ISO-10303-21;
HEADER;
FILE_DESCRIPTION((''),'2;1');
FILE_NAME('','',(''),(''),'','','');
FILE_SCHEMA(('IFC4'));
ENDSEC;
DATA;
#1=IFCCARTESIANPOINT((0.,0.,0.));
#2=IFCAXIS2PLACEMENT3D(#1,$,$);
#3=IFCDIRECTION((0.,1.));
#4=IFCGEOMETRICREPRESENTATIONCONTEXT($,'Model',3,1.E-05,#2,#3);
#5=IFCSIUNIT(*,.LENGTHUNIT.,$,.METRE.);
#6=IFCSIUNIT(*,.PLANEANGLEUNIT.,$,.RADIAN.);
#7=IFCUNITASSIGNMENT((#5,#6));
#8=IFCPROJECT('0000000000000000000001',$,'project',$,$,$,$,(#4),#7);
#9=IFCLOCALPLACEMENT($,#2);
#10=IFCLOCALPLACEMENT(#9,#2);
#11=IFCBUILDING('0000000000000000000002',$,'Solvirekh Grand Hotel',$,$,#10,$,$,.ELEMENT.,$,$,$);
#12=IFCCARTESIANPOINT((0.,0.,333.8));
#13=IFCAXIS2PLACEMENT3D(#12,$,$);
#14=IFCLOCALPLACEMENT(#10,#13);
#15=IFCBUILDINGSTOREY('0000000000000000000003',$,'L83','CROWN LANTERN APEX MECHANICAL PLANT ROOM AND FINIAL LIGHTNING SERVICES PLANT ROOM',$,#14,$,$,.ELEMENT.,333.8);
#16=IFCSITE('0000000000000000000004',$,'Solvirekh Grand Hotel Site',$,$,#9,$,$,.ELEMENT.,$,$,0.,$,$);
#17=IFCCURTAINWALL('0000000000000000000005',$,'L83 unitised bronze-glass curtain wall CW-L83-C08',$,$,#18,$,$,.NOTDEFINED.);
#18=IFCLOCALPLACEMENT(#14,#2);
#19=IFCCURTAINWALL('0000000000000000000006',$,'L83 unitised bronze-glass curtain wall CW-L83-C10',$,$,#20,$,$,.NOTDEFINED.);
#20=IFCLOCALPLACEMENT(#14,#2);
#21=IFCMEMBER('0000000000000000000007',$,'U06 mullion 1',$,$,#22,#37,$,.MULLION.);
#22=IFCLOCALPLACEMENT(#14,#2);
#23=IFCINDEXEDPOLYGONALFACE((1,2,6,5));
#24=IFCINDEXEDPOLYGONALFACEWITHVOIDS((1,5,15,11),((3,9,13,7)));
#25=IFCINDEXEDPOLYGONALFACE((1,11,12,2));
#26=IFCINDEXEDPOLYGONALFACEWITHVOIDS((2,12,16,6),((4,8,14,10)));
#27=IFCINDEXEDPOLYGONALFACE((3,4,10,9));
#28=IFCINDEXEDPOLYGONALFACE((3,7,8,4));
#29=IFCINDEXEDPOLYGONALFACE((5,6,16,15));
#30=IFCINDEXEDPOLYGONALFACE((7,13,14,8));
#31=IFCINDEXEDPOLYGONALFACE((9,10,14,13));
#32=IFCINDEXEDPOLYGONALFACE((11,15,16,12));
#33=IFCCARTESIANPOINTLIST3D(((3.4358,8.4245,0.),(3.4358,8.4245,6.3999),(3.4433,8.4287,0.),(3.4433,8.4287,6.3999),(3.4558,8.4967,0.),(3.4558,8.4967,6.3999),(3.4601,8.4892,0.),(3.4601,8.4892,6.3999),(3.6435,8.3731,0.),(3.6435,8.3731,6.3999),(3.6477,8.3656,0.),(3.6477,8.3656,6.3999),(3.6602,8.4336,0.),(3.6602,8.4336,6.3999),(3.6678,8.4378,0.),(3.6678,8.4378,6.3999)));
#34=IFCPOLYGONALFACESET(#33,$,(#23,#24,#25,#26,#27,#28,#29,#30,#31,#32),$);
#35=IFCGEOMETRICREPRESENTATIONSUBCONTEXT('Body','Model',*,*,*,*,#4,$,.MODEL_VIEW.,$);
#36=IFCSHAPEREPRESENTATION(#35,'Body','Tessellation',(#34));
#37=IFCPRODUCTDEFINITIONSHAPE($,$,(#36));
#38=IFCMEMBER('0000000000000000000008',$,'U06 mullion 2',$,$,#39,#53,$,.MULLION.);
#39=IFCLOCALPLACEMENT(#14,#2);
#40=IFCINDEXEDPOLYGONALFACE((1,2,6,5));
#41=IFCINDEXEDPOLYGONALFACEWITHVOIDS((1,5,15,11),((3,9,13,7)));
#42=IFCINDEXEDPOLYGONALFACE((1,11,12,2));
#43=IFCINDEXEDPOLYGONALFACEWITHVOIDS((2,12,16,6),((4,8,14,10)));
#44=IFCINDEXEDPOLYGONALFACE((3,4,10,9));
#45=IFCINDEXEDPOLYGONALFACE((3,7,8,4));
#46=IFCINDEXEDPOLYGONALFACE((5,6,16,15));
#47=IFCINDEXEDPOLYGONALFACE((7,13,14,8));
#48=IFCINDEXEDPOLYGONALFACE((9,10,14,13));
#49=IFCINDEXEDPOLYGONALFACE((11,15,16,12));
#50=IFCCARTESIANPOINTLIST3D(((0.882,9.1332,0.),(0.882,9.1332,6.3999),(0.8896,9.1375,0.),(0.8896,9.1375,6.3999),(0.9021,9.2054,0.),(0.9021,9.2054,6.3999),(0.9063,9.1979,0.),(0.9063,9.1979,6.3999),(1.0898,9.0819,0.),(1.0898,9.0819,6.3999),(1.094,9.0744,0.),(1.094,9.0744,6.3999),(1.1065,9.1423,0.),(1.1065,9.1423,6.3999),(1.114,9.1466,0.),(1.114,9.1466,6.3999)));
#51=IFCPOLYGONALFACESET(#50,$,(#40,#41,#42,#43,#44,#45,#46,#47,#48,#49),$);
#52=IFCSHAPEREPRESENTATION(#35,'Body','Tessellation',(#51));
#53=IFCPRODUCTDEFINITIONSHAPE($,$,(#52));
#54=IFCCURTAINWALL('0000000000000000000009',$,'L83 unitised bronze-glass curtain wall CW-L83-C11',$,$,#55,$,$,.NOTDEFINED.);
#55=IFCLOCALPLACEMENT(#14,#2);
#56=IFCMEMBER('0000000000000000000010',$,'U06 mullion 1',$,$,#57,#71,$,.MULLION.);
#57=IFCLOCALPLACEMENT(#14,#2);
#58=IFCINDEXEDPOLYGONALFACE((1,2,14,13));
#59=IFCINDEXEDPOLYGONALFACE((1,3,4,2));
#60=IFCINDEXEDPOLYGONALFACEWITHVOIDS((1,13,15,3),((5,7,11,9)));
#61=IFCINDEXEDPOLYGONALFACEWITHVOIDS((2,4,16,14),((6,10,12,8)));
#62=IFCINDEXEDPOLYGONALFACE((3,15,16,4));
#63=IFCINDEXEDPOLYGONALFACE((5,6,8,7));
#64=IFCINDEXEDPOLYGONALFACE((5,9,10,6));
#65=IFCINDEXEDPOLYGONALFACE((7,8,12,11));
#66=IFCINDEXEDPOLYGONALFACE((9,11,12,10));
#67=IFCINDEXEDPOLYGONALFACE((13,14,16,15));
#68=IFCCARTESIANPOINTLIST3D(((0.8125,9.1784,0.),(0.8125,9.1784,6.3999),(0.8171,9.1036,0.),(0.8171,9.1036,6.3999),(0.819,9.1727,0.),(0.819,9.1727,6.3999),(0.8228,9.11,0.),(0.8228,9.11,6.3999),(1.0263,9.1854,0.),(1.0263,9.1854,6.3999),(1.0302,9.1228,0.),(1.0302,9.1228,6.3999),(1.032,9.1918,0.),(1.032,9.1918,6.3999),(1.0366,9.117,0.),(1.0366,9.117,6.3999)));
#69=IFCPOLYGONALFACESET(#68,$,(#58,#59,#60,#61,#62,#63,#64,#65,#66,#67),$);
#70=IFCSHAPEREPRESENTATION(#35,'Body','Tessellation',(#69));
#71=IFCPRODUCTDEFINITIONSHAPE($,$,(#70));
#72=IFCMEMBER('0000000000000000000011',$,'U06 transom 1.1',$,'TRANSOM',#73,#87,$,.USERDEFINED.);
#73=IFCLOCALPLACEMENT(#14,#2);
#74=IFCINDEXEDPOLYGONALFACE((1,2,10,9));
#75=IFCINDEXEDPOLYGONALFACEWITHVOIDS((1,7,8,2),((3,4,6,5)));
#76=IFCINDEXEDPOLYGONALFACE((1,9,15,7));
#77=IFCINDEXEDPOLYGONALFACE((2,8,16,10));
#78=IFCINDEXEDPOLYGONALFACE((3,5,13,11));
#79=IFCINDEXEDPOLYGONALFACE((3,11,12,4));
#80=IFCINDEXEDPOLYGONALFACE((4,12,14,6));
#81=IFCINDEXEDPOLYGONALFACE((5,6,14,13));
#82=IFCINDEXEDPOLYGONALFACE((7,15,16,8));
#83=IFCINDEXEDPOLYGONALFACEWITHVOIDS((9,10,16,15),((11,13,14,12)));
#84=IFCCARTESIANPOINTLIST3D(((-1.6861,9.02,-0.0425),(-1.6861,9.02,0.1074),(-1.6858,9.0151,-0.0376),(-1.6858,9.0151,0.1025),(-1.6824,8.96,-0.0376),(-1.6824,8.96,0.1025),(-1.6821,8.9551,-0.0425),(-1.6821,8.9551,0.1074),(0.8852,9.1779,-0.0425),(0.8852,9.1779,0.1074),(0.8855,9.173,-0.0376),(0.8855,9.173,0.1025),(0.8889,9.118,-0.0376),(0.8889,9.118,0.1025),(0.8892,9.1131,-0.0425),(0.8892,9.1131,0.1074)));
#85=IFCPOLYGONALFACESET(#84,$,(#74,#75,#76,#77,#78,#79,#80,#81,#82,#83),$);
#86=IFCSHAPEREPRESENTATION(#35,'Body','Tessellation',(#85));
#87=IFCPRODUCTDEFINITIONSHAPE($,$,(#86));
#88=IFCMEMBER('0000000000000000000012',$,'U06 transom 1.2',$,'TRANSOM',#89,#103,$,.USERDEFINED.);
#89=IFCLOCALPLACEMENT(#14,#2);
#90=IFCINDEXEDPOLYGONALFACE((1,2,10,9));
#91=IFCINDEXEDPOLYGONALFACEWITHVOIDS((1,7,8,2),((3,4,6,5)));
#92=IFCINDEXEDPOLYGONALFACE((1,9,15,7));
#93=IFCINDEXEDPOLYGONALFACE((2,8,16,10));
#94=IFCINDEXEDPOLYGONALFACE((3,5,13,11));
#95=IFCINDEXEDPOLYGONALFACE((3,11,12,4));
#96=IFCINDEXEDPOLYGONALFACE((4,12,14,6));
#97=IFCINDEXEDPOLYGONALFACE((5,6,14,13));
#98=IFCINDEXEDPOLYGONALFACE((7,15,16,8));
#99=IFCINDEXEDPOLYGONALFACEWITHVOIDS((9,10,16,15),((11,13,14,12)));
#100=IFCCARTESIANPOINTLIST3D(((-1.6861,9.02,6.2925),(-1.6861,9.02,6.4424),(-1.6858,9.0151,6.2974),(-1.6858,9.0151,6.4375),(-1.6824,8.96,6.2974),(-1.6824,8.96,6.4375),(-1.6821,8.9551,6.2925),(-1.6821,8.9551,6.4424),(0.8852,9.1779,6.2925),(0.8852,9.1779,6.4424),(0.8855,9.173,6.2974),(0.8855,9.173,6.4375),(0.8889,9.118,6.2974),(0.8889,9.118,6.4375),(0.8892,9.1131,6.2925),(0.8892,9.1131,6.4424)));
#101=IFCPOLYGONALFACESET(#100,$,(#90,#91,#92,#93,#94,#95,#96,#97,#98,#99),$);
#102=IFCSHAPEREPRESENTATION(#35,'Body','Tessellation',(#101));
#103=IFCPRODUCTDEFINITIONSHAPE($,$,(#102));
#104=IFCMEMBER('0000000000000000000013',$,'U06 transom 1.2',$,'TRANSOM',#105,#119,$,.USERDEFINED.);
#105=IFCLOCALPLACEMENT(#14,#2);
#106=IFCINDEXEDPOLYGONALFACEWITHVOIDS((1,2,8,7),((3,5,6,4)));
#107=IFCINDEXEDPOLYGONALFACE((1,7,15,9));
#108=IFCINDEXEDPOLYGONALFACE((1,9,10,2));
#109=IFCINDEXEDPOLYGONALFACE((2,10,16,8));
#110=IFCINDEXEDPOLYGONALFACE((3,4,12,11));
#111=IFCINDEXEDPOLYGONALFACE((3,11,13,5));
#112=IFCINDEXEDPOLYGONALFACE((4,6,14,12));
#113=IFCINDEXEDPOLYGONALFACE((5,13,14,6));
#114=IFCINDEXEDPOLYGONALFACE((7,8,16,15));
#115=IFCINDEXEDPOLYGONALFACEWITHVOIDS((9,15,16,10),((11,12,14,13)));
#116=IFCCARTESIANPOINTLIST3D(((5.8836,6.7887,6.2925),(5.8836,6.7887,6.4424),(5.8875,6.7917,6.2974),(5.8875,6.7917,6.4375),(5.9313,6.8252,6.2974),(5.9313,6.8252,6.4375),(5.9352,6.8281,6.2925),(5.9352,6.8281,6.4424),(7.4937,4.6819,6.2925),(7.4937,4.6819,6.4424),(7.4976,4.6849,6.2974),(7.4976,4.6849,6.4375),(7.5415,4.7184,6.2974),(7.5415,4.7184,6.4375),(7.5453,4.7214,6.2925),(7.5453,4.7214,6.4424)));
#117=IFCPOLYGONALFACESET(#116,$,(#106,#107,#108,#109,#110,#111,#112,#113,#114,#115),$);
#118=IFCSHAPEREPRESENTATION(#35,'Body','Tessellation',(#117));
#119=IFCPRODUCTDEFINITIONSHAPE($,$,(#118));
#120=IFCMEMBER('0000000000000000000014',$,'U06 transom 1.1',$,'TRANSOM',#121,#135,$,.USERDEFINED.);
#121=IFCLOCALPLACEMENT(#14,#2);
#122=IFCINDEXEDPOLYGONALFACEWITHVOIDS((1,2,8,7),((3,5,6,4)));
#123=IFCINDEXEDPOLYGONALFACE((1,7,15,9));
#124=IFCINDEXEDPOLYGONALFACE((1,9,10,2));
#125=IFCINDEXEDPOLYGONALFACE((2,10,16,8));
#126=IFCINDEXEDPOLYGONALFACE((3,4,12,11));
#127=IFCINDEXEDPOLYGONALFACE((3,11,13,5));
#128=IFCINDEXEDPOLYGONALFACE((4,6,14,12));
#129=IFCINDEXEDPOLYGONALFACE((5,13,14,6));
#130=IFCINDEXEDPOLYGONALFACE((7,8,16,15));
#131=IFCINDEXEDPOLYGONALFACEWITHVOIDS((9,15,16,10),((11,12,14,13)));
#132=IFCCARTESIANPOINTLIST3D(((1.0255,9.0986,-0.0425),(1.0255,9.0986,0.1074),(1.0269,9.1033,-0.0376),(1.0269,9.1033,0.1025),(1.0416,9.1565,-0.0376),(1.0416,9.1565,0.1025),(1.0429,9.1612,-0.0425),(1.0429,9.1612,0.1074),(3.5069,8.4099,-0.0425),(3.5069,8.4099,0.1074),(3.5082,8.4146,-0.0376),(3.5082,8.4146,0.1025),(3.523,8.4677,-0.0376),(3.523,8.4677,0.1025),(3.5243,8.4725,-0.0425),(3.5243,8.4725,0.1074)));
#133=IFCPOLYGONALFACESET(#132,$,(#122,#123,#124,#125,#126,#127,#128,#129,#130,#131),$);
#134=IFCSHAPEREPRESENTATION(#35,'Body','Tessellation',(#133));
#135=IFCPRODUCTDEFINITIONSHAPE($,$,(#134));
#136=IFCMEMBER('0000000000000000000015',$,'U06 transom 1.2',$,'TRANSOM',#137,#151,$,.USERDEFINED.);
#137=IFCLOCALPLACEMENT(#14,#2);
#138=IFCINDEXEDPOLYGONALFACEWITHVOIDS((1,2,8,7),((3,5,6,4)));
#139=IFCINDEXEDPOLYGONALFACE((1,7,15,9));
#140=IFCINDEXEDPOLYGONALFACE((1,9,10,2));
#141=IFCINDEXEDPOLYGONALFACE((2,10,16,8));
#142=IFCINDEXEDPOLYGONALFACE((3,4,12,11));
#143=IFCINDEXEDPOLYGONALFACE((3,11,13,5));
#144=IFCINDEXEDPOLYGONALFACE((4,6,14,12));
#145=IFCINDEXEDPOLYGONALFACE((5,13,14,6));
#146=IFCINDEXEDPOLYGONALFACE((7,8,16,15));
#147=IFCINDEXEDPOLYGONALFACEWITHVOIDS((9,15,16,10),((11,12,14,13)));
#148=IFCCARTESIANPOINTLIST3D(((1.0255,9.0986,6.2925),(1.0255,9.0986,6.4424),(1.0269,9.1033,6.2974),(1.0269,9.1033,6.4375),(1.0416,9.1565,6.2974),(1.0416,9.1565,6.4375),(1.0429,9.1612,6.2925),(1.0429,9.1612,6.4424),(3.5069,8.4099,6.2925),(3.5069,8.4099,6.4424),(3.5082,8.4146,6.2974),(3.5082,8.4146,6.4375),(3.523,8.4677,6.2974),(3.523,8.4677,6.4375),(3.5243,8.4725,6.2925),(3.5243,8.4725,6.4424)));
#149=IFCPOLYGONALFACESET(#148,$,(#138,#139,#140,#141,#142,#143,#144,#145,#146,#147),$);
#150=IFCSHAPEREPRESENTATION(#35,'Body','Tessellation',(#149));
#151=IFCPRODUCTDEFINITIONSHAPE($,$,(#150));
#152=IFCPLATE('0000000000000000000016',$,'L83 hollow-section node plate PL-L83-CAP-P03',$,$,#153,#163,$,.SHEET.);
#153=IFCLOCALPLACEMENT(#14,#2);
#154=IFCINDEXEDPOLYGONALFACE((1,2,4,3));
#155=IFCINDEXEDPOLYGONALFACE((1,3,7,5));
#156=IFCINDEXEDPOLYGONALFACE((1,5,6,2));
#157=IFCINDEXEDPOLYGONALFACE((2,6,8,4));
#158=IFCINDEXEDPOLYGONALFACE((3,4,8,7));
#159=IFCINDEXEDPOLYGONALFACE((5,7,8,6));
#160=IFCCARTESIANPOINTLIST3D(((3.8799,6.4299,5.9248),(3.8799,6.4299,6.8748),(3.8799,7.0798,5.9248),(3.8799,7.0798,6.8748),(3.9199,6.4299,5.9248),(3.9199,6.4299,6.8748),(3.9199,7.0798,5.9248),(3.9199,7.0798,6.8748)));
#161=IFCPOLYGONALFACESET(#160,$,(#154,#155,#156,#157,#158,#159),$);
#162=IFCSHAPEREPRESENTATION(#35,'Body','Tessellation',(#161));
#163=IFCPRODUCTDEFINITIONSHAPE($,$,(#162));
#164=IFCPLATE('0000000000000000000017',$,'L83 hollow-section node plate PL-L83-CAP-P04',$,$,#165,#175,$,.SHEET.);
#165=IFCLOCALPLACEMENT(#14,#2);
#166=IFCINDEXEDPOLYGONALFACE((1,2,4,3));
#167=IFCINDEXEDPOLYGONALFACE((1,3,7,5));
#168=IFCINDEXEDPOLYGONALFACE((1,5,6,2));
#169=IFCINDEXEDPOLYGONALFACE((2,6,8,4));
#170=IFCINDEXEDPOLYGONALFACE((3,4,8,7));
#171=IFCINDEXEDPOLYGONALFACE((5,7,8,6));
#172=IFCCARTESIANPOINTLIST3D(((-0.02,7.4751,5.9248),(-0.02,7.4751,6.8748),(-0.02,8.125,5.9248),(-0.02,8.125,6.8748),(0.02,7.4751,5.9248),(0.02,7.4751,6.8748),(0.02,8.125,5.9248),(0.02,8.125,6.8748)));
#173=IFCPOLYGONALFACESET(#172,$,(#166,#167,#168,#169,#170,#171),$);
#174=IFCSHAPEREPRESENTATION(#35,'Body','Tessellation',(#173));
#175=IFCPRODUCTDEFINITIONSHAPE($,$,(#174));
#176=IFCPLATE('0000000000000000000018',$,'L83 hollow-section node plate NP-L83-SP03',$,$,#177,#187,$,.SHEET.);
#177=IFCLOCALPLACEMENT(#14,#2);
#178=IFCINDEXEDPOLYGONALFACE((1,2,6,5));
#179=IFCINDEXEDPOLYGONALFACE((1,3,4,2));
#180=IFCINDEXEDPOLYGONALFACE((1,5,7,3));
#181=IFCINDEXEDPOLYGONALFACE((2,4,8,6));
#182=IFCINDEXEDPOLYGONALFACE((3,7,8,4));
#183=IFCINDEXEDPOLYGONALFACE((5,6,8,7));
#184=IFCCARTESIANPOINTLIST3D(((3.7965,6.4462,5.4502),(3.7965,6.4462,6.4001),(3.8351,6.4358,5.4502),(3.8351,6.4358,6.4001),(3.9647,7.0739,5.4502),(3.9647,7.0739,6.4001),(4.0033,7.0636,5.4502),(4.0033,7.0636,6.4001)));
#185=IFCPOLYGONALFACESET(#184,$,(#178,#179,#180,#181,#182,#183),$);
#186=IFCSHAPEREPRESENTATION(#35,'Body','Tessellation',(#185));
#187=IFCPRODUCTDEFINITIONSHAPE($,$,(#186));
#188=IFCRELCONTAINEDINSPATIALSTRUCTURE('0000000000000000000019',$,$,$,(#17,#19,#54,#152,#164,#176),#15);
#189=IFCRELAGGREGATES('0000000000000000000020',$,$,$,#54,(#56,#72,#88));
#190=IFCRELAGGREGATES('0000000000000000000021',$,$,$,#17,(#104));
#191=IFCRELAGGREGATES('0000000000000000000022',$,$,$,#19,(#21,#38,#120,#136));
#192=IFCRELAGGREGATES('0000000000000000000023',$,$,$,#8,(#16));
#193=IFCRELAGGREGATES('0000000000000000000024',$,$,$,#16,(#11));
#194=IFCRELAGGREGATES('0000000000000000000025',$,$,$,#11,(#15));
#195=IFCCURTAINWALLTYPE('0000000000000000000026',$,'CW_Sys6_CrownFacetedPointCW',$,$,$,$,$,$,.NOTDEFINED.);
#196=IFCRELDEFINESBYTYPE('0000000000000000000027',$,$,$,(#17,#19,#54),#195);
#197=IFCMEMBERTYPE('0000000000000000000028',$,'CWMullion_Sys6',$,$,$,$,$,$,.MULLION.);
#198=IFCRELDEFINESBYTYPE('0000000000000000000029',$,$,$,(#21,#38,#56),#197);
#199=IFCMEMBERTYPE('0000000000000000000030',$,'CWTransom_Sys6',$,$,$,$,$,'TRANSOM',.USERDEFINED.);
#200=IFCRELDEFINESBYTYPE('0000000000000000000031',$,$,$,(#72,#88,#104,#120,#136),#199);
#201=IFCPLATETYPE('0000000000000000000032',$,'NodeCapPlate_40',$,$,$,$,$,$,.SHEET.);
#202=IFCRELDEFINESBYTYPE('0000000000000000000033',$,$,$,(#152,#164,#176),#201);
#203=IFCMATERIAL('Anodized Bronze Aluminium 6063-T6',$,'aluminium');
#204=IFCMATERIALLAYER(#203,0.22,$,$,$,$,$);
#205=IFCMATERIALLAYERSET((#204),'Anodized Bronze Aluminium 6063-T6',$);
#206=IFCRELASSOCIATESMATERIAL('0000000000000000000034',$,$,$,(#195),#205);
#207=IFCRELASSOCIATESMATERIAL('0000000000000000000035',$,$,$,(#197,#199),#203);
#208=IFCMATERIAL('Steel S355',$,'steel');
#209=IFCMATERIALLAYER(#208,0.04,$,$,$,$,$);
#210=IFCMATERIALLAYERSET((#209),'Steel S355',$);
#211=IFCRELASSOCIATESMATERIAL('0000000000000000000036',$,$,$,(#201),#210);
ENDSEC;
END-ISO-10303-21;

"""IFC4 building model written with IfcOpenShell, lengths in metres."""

from ifc_helpers import new_model, si_unit, direction, frame, origin, origin_2d, place, context, subcontext, project, spatial, rectangle, hollow_rectangle, extrude, source, transform, mapped, material, layer, layer_set, material_profile, profile_set, type_object, element, aggregate, save


model = new_model("IFC4")

# Units and contexts
model_context = context("Model", 3, precision=1e-05, world=origin(), true_north=direction((0.0, 1.0)))
body_context = subcontext(model_context, "Body", "Model", "MODEL_VIEW")
ifc_project = project(units=[si_unit("LENGTHUNIT", "METRE"), si_unit("PLANEANGLEUNIT", "RADIAN")], contexts=[model_context])

# Site, building, storey
site_placement = place(None, origin())
site = spatial("IfcSite", under=ifc_project, at=site_placement, Name="Solvirekh Grand Hotel Site", CompositionType="ELEMENT", RefElevation=0.0)
building_placement = place(site_placement, origin())
building = spatial("IfcBuilding", under=site, at=building_placement, Name="Solvirekh Grand Hotel", CompositionType="ELEMENT")
storey_placement = place(building_placement, frame((0.0, 0.0, 333.8)))
storey = spatial("IfcBuildingStorey", under=building, at=storey_placement, Name="L83", Description="CROWN LANTERN APEX MECHANICAL PLANT ROOM AND FINIAL LIGHTNING SERVICES PLANT ROOM", CompositionType="ELEMENT", Elevation=333.8)

# Shared definitions
ifc_material_1 = material(Name="Steel S355", Category="steel")

# Curtain wall
ifc_material_2 = material(Name="Anodized Bronze Aluminium 6063-T6", Category="aluminium")
ifc_layer_1 = layer(ifc_material_2, 0.22)
ifc_layer_set_1 = layer_set([ifc_layer_1], Name="Anodized Bronze Aluminium 6063-T6")
curtain_wall_type = type_object("IfcCurtainWallType", Name="CW_Sys6_CrownFacetedPointCW", PredefinedType="NOTDEFINED", material=ifc_layer_set_1)
curtain_wall_1_placement = place(storey_placement, origin())
curtain_wall_1 = element("IfcCurtainWall", 1, at=curtain_wall_1_placement, inside=storey, type_object=curtain_wall_type, Name="L83 unitised bronze-glass curtain wall CW-L83-C08", PredefinedType="NOTDEFINED")
ifc_material_profile_1 = material_profile(ifc_material_2, hollow_rectangle(XDim=0.075, YDim=0.22, WallThickness=0.0061, at=origin_2d()), Name="ALU RHS 220X75X6")
ifc_profile_set_1 = profile_set([ifc_material_profile_1], Name="Anodized Bronze Aluminium 6063-T6")
member_type_1 = type_object("IfcMemberType", Name="CWMullion_Sys6", PredefinedType="MULLION", material=ifc_profile_set_1)
shared_shape_1 = source(origin(), body_context, "Body", "SweptSolid", [
    extrude(hollow_rectangle(XDim=0.075, YDim=0.22, WallThickness=0.0061, at=origin_2d()), origin(), (0.0, 0.0, 1.0), 6.3999),
])

# Curtain walls, members
curtain_wall_2_placement = place(storey_placement, origin())
curtain_wall_2 = element("IfcCurtainWall", 2, at=curtain_wall_2_placement, inside=storey, type_object=curtain_wall_type, Name="L83 unitised bronze-glass curtain wall CW-L83-C10", PredefinedType="NOTDEFINED")
member_1_placement = place(storey_placement, frame((3.5518, 8.4312, 0.0), z_axis=(0.0, 0.0, 1.0), x_axis=(-0.267492, -0.96356, 0.0)))
member_1 = element("IfcMember", 3, at=member_1_placement, type_object=member_type_1, Name="U06 mullion 1", PredefinedType="MULLION", context=body_context, shape_type="MappedRepresentation", body=[
    mapped(shared_shape_1, transform((0.0, 0.0, 0.0), x_axis=(1.0, 0.0, 0.0), y_axis=(0.0, 1.0, 0.0), z_axis=(0.0, 0.0, 1.0), scale=1.0)),
])
member_2_placement = place(storey_placement, frame((0.998, 9.1399, 0.0), z_axis=(0.0, 0.0, 1.0), x_axis=(-0.267492, -0.96356, 0.0)))
member_2 = element("IfcMember", 4, at=member_2_placement, type_object=member_type_1, Name="U06 mullion 2", PredefinedType="MULLION", context=body_context, shape_type="MappedRepresentation", body=[
    mapped(shared_shape_1, transform((0.0, 0.0, 0.0), x_axis=(1.0, 0.0, 0.0), y_axis=(0.0, 1.0, 0.0), z_axis=(0.0, 0.0, 1.0), scale=1.0)),
])
curtain_wall_3_placement = place(storey_placement, origin())
curtain_wall_3 = element("IfcCurtainWall", 5, at=curtain_wall_3_placement, inside=storey, type_object=curtain_wall_type, Name="L83 unitised bronze-glass curtain wall CW-L83-C11", PredefinedType="NOTDEFINED")
member_3_placement = place(storey_placement, frame((0.9246, 9.1477, 0.0), z_axis=(0.0, 0.0, 1.0), x_axis=(0.061259, -0.998122, 0.0)))
member_3 = element("IfcMember", 6, at=member_3_placement, type_object=member_type_1, Name="U06 mullion 1", PredefinedType="MULLION", context=body_context, shape_type="MappedRepresentation", body=[
    mapped(shared_shape_1, transform((0.0, 0.0, 0.0), x_axis=(1.0, 0.0, 0.0), y_axis=(0.0, 1.0, 0.0), z_axis=(0.0, 0.0, 1.0), scale=1.0)),
])
ifc_material_profile_2 = material_profile(ifc_material_2, hollow_rectangle(XDim=0.0649, YDim=0.1499, WallThickness=0.0049, at=origin_2d()), Name="ALU RHS 150X65X5")
ifc_profile_set_2 = profile_set([ifc_material_profile_2], Name="Anodized Bronze Aluminium 6063-T6")
member_type_2 = type_object("IfcMemberType", Name="CWTransom_Sys6", ElementType="TRANSOM", PredefinedType="USERDEFINED", material=ifc_profile_set_2)
shared_shape_2 = source(origin(), body_context, "Body", "SweptSolid", [
    extrude(hollow_rectangle(XDim=0.0649, YDim=0.1499, WallThickness=0.0049, at=origin_2d()), origin(), (0.0, 0.0, 1.0), 2.5762),
])
member_4_placement = place(storey_placement, frame((0.8872, 9.1455, 0.0325), z_axis=(-0.998118, -0.061316, 0.0), x_axis=(0.061316, -0.998118, 0.0)))
member_4 = element("IfcMember", 7, at=member_4_placement, type_object=member_type_2, Name="U06 transom 1.1", ObjectType="TRANSOM", PredefinedType="USERDEFINED", context=body_context, shape_type="MappedRepresentation", body=[
    mapped(shared_shape_2, transform((0.0, 0.0, 0.0), x_axis=(1.0, 0.0, 0.0), y_axis=(0.0, 1.0, 0.0), z_axis=(0.0, 0.0, 1.0), scale=1.0)),
])
member_5_placement = place(storey_placement, frame((0.8872, 9.1455, 6.3674), z_axis=(-0.998118, -0.061316, 0.0), x_axis=(0.061316, -0.998118, 0.0)))
member_5 = element("IfcMember", 8, at=member_5_placement, type_object=member_type_2, Name="U06 transom 1.2", ObjectType="TRANSOM", PredefinedType="USERDEFINED", context=body_context, shape_type="MappedRepresentation", body=[
    mapped(shared_shape_2, transform((0.0, 0.0, 0.0), x_axis=(1.0, 0.0, 0.0), y_axis=(0.0, 1.0, 0.0), z_axis=(0.0, 0.0, 1.0), scale=1.0)),
])
aggregate(curtain_wall_3, [member_3, member_4, member_5])

# Members
shared_shape_3 = source(origin(), body_context, "Body", "SweptSolid", [
    extrude(hollow_rectangle(XDim=0.0649, YDim=0.1499, WallThickness=0.0049, at=origin_2d()), origin(), (0.0, 0.0, 1.0), 2.6516),
])
member_6_placement = place(storey_placement, frame((7.5195, 4.7017, 6.3674), z_axis=(-0.607238, 0.79452, 0.0), x_axis=(-0.79452, -0.607238, 0.0)))
member_6 = element("IfcMember", 9, at=member_6_placement, type_object=member_type_2, Name="U06 transom 1.2", ObjectType="TRANSOM", PredefinedType="USERDEFINED", context=body_context, shape_type="MappedRepresentation", body=[
    mapped(shared_shape_3, transform((0.0, 0.0, 0.0), x_axis=(1.0, 0.0, 0.0), y_axis=(0.0, 1.0, 0.0), z_axis=(0.0, 0.0, 1.0), scale=1.0)),
])
shared_shape_4 = source(origin(), body_context, "Body", "SweptSolid", [
    extrude(hollow_rectangle(XDim=0.0649, YDim=0.1499, WallThickness=0.0049, at=origin_2d()), origin(), (0.0, 0.0, 1.0), 2.5752),
])
member_7_placement = place(storey_placement, frame((3.5156, 8.4412, 0.0325), z_axis=(-0.963575, 0.267438, 0.0), x_axis=(-0.267438, -0.963575, 0.0)))
member_7 = element("IfcMember", 10, at=member_7_placement, type_object=member_type_2, Name="U06 transom 1.1", ObjectType="TRANSOM", PredefinedType="USERDEFINED", context=body_context, shape_type="MappedRepresentation", body=[
    mapped(shared_shape_4, transform((0.0, 0.0, 0.0), x_axis=(1.0, 0.0, 0.0), y_axis=(0.0, 1.0, 0.0), z_axis=(0.0, 0.0, 1.0), scale=1.0)),
])
member_8_placement = place(storey_placement, frame((3.5156, 8.4412, 6.3674), z_axis=(-0.963575, 0.267438, 0.0), x_axis=(-0.267438, -0.963575, 0.0)))
member_8 = element("IfcMember", 11, at=member_8_placement, type_object=member_type_2, Name="U06 transom 1.2", ObjectType="TRANSOM", PredefinedType="USERDEFINED", context=body_context, shape_type="MappedRepresentation", body=[
    mapped(shared_shape_4, transform((0.0, 0.0, 0.0), x_axis=(1.0, 0.0, 0.0), y_axis=(0.0, 1.0, 0.0), z_axis=(0.0, 0.0, 1.0), scale=1.0)),
])

# Plates
ifc_layer_2 = layer(ifc_material_1, 0.04)
ifc_layer_set_2 = layer_set([ifc_layer_2], Name="Steel S355")
plate_type_1 = type_object("IfcPlateType", Name="NodeCapPlate_40", PredefinedType="SHEET", material=ifc_layer_set_2)
for number, where, z_axis, x_axis, name in (
    (12, (3.8999, 6.7549, 5.9248), (0.0, 0.0, 1.0), (1.0, 0.0, 0.0), "L83 hollow-section node plate PL-L83-CAP-P03"),
    (13, (0.0, 7.8, 5.9248), (0.0, 0.0, 1.0), (1.0, 0.0, 0.0), "L83 hollow-section node plate PL-L83-CAP-P04"),
    (14, (3.8999, 6.7549, 5.4502), (0.0, 0.0, 1.0), (-0.965926, 0.258819, 0.0), "L83 hollow-section node plate NP-L83-SP03"),
):
    element("IfcPlate", number, at=place(storey_placement, frame(where, z_axis=z_axis, x_axis=x_axis)), inside=storey, type_object=plate_type_1, Name=name, PredefinedType="SHEET", context=body_context, shape_type="SweptSolid", body=[
        extrude(rectangle(XDim=0.04, YDim=0.6499, at=origin_2d()), origin(), (0.0, 0.0, 1.0), 0.95),
    ])

aggregate(curtain_wall_1, [member_6])
aggregate(curtain_wall_2, [member_1, member_2, member_7, member_8])

save(model, "model.ifc")
